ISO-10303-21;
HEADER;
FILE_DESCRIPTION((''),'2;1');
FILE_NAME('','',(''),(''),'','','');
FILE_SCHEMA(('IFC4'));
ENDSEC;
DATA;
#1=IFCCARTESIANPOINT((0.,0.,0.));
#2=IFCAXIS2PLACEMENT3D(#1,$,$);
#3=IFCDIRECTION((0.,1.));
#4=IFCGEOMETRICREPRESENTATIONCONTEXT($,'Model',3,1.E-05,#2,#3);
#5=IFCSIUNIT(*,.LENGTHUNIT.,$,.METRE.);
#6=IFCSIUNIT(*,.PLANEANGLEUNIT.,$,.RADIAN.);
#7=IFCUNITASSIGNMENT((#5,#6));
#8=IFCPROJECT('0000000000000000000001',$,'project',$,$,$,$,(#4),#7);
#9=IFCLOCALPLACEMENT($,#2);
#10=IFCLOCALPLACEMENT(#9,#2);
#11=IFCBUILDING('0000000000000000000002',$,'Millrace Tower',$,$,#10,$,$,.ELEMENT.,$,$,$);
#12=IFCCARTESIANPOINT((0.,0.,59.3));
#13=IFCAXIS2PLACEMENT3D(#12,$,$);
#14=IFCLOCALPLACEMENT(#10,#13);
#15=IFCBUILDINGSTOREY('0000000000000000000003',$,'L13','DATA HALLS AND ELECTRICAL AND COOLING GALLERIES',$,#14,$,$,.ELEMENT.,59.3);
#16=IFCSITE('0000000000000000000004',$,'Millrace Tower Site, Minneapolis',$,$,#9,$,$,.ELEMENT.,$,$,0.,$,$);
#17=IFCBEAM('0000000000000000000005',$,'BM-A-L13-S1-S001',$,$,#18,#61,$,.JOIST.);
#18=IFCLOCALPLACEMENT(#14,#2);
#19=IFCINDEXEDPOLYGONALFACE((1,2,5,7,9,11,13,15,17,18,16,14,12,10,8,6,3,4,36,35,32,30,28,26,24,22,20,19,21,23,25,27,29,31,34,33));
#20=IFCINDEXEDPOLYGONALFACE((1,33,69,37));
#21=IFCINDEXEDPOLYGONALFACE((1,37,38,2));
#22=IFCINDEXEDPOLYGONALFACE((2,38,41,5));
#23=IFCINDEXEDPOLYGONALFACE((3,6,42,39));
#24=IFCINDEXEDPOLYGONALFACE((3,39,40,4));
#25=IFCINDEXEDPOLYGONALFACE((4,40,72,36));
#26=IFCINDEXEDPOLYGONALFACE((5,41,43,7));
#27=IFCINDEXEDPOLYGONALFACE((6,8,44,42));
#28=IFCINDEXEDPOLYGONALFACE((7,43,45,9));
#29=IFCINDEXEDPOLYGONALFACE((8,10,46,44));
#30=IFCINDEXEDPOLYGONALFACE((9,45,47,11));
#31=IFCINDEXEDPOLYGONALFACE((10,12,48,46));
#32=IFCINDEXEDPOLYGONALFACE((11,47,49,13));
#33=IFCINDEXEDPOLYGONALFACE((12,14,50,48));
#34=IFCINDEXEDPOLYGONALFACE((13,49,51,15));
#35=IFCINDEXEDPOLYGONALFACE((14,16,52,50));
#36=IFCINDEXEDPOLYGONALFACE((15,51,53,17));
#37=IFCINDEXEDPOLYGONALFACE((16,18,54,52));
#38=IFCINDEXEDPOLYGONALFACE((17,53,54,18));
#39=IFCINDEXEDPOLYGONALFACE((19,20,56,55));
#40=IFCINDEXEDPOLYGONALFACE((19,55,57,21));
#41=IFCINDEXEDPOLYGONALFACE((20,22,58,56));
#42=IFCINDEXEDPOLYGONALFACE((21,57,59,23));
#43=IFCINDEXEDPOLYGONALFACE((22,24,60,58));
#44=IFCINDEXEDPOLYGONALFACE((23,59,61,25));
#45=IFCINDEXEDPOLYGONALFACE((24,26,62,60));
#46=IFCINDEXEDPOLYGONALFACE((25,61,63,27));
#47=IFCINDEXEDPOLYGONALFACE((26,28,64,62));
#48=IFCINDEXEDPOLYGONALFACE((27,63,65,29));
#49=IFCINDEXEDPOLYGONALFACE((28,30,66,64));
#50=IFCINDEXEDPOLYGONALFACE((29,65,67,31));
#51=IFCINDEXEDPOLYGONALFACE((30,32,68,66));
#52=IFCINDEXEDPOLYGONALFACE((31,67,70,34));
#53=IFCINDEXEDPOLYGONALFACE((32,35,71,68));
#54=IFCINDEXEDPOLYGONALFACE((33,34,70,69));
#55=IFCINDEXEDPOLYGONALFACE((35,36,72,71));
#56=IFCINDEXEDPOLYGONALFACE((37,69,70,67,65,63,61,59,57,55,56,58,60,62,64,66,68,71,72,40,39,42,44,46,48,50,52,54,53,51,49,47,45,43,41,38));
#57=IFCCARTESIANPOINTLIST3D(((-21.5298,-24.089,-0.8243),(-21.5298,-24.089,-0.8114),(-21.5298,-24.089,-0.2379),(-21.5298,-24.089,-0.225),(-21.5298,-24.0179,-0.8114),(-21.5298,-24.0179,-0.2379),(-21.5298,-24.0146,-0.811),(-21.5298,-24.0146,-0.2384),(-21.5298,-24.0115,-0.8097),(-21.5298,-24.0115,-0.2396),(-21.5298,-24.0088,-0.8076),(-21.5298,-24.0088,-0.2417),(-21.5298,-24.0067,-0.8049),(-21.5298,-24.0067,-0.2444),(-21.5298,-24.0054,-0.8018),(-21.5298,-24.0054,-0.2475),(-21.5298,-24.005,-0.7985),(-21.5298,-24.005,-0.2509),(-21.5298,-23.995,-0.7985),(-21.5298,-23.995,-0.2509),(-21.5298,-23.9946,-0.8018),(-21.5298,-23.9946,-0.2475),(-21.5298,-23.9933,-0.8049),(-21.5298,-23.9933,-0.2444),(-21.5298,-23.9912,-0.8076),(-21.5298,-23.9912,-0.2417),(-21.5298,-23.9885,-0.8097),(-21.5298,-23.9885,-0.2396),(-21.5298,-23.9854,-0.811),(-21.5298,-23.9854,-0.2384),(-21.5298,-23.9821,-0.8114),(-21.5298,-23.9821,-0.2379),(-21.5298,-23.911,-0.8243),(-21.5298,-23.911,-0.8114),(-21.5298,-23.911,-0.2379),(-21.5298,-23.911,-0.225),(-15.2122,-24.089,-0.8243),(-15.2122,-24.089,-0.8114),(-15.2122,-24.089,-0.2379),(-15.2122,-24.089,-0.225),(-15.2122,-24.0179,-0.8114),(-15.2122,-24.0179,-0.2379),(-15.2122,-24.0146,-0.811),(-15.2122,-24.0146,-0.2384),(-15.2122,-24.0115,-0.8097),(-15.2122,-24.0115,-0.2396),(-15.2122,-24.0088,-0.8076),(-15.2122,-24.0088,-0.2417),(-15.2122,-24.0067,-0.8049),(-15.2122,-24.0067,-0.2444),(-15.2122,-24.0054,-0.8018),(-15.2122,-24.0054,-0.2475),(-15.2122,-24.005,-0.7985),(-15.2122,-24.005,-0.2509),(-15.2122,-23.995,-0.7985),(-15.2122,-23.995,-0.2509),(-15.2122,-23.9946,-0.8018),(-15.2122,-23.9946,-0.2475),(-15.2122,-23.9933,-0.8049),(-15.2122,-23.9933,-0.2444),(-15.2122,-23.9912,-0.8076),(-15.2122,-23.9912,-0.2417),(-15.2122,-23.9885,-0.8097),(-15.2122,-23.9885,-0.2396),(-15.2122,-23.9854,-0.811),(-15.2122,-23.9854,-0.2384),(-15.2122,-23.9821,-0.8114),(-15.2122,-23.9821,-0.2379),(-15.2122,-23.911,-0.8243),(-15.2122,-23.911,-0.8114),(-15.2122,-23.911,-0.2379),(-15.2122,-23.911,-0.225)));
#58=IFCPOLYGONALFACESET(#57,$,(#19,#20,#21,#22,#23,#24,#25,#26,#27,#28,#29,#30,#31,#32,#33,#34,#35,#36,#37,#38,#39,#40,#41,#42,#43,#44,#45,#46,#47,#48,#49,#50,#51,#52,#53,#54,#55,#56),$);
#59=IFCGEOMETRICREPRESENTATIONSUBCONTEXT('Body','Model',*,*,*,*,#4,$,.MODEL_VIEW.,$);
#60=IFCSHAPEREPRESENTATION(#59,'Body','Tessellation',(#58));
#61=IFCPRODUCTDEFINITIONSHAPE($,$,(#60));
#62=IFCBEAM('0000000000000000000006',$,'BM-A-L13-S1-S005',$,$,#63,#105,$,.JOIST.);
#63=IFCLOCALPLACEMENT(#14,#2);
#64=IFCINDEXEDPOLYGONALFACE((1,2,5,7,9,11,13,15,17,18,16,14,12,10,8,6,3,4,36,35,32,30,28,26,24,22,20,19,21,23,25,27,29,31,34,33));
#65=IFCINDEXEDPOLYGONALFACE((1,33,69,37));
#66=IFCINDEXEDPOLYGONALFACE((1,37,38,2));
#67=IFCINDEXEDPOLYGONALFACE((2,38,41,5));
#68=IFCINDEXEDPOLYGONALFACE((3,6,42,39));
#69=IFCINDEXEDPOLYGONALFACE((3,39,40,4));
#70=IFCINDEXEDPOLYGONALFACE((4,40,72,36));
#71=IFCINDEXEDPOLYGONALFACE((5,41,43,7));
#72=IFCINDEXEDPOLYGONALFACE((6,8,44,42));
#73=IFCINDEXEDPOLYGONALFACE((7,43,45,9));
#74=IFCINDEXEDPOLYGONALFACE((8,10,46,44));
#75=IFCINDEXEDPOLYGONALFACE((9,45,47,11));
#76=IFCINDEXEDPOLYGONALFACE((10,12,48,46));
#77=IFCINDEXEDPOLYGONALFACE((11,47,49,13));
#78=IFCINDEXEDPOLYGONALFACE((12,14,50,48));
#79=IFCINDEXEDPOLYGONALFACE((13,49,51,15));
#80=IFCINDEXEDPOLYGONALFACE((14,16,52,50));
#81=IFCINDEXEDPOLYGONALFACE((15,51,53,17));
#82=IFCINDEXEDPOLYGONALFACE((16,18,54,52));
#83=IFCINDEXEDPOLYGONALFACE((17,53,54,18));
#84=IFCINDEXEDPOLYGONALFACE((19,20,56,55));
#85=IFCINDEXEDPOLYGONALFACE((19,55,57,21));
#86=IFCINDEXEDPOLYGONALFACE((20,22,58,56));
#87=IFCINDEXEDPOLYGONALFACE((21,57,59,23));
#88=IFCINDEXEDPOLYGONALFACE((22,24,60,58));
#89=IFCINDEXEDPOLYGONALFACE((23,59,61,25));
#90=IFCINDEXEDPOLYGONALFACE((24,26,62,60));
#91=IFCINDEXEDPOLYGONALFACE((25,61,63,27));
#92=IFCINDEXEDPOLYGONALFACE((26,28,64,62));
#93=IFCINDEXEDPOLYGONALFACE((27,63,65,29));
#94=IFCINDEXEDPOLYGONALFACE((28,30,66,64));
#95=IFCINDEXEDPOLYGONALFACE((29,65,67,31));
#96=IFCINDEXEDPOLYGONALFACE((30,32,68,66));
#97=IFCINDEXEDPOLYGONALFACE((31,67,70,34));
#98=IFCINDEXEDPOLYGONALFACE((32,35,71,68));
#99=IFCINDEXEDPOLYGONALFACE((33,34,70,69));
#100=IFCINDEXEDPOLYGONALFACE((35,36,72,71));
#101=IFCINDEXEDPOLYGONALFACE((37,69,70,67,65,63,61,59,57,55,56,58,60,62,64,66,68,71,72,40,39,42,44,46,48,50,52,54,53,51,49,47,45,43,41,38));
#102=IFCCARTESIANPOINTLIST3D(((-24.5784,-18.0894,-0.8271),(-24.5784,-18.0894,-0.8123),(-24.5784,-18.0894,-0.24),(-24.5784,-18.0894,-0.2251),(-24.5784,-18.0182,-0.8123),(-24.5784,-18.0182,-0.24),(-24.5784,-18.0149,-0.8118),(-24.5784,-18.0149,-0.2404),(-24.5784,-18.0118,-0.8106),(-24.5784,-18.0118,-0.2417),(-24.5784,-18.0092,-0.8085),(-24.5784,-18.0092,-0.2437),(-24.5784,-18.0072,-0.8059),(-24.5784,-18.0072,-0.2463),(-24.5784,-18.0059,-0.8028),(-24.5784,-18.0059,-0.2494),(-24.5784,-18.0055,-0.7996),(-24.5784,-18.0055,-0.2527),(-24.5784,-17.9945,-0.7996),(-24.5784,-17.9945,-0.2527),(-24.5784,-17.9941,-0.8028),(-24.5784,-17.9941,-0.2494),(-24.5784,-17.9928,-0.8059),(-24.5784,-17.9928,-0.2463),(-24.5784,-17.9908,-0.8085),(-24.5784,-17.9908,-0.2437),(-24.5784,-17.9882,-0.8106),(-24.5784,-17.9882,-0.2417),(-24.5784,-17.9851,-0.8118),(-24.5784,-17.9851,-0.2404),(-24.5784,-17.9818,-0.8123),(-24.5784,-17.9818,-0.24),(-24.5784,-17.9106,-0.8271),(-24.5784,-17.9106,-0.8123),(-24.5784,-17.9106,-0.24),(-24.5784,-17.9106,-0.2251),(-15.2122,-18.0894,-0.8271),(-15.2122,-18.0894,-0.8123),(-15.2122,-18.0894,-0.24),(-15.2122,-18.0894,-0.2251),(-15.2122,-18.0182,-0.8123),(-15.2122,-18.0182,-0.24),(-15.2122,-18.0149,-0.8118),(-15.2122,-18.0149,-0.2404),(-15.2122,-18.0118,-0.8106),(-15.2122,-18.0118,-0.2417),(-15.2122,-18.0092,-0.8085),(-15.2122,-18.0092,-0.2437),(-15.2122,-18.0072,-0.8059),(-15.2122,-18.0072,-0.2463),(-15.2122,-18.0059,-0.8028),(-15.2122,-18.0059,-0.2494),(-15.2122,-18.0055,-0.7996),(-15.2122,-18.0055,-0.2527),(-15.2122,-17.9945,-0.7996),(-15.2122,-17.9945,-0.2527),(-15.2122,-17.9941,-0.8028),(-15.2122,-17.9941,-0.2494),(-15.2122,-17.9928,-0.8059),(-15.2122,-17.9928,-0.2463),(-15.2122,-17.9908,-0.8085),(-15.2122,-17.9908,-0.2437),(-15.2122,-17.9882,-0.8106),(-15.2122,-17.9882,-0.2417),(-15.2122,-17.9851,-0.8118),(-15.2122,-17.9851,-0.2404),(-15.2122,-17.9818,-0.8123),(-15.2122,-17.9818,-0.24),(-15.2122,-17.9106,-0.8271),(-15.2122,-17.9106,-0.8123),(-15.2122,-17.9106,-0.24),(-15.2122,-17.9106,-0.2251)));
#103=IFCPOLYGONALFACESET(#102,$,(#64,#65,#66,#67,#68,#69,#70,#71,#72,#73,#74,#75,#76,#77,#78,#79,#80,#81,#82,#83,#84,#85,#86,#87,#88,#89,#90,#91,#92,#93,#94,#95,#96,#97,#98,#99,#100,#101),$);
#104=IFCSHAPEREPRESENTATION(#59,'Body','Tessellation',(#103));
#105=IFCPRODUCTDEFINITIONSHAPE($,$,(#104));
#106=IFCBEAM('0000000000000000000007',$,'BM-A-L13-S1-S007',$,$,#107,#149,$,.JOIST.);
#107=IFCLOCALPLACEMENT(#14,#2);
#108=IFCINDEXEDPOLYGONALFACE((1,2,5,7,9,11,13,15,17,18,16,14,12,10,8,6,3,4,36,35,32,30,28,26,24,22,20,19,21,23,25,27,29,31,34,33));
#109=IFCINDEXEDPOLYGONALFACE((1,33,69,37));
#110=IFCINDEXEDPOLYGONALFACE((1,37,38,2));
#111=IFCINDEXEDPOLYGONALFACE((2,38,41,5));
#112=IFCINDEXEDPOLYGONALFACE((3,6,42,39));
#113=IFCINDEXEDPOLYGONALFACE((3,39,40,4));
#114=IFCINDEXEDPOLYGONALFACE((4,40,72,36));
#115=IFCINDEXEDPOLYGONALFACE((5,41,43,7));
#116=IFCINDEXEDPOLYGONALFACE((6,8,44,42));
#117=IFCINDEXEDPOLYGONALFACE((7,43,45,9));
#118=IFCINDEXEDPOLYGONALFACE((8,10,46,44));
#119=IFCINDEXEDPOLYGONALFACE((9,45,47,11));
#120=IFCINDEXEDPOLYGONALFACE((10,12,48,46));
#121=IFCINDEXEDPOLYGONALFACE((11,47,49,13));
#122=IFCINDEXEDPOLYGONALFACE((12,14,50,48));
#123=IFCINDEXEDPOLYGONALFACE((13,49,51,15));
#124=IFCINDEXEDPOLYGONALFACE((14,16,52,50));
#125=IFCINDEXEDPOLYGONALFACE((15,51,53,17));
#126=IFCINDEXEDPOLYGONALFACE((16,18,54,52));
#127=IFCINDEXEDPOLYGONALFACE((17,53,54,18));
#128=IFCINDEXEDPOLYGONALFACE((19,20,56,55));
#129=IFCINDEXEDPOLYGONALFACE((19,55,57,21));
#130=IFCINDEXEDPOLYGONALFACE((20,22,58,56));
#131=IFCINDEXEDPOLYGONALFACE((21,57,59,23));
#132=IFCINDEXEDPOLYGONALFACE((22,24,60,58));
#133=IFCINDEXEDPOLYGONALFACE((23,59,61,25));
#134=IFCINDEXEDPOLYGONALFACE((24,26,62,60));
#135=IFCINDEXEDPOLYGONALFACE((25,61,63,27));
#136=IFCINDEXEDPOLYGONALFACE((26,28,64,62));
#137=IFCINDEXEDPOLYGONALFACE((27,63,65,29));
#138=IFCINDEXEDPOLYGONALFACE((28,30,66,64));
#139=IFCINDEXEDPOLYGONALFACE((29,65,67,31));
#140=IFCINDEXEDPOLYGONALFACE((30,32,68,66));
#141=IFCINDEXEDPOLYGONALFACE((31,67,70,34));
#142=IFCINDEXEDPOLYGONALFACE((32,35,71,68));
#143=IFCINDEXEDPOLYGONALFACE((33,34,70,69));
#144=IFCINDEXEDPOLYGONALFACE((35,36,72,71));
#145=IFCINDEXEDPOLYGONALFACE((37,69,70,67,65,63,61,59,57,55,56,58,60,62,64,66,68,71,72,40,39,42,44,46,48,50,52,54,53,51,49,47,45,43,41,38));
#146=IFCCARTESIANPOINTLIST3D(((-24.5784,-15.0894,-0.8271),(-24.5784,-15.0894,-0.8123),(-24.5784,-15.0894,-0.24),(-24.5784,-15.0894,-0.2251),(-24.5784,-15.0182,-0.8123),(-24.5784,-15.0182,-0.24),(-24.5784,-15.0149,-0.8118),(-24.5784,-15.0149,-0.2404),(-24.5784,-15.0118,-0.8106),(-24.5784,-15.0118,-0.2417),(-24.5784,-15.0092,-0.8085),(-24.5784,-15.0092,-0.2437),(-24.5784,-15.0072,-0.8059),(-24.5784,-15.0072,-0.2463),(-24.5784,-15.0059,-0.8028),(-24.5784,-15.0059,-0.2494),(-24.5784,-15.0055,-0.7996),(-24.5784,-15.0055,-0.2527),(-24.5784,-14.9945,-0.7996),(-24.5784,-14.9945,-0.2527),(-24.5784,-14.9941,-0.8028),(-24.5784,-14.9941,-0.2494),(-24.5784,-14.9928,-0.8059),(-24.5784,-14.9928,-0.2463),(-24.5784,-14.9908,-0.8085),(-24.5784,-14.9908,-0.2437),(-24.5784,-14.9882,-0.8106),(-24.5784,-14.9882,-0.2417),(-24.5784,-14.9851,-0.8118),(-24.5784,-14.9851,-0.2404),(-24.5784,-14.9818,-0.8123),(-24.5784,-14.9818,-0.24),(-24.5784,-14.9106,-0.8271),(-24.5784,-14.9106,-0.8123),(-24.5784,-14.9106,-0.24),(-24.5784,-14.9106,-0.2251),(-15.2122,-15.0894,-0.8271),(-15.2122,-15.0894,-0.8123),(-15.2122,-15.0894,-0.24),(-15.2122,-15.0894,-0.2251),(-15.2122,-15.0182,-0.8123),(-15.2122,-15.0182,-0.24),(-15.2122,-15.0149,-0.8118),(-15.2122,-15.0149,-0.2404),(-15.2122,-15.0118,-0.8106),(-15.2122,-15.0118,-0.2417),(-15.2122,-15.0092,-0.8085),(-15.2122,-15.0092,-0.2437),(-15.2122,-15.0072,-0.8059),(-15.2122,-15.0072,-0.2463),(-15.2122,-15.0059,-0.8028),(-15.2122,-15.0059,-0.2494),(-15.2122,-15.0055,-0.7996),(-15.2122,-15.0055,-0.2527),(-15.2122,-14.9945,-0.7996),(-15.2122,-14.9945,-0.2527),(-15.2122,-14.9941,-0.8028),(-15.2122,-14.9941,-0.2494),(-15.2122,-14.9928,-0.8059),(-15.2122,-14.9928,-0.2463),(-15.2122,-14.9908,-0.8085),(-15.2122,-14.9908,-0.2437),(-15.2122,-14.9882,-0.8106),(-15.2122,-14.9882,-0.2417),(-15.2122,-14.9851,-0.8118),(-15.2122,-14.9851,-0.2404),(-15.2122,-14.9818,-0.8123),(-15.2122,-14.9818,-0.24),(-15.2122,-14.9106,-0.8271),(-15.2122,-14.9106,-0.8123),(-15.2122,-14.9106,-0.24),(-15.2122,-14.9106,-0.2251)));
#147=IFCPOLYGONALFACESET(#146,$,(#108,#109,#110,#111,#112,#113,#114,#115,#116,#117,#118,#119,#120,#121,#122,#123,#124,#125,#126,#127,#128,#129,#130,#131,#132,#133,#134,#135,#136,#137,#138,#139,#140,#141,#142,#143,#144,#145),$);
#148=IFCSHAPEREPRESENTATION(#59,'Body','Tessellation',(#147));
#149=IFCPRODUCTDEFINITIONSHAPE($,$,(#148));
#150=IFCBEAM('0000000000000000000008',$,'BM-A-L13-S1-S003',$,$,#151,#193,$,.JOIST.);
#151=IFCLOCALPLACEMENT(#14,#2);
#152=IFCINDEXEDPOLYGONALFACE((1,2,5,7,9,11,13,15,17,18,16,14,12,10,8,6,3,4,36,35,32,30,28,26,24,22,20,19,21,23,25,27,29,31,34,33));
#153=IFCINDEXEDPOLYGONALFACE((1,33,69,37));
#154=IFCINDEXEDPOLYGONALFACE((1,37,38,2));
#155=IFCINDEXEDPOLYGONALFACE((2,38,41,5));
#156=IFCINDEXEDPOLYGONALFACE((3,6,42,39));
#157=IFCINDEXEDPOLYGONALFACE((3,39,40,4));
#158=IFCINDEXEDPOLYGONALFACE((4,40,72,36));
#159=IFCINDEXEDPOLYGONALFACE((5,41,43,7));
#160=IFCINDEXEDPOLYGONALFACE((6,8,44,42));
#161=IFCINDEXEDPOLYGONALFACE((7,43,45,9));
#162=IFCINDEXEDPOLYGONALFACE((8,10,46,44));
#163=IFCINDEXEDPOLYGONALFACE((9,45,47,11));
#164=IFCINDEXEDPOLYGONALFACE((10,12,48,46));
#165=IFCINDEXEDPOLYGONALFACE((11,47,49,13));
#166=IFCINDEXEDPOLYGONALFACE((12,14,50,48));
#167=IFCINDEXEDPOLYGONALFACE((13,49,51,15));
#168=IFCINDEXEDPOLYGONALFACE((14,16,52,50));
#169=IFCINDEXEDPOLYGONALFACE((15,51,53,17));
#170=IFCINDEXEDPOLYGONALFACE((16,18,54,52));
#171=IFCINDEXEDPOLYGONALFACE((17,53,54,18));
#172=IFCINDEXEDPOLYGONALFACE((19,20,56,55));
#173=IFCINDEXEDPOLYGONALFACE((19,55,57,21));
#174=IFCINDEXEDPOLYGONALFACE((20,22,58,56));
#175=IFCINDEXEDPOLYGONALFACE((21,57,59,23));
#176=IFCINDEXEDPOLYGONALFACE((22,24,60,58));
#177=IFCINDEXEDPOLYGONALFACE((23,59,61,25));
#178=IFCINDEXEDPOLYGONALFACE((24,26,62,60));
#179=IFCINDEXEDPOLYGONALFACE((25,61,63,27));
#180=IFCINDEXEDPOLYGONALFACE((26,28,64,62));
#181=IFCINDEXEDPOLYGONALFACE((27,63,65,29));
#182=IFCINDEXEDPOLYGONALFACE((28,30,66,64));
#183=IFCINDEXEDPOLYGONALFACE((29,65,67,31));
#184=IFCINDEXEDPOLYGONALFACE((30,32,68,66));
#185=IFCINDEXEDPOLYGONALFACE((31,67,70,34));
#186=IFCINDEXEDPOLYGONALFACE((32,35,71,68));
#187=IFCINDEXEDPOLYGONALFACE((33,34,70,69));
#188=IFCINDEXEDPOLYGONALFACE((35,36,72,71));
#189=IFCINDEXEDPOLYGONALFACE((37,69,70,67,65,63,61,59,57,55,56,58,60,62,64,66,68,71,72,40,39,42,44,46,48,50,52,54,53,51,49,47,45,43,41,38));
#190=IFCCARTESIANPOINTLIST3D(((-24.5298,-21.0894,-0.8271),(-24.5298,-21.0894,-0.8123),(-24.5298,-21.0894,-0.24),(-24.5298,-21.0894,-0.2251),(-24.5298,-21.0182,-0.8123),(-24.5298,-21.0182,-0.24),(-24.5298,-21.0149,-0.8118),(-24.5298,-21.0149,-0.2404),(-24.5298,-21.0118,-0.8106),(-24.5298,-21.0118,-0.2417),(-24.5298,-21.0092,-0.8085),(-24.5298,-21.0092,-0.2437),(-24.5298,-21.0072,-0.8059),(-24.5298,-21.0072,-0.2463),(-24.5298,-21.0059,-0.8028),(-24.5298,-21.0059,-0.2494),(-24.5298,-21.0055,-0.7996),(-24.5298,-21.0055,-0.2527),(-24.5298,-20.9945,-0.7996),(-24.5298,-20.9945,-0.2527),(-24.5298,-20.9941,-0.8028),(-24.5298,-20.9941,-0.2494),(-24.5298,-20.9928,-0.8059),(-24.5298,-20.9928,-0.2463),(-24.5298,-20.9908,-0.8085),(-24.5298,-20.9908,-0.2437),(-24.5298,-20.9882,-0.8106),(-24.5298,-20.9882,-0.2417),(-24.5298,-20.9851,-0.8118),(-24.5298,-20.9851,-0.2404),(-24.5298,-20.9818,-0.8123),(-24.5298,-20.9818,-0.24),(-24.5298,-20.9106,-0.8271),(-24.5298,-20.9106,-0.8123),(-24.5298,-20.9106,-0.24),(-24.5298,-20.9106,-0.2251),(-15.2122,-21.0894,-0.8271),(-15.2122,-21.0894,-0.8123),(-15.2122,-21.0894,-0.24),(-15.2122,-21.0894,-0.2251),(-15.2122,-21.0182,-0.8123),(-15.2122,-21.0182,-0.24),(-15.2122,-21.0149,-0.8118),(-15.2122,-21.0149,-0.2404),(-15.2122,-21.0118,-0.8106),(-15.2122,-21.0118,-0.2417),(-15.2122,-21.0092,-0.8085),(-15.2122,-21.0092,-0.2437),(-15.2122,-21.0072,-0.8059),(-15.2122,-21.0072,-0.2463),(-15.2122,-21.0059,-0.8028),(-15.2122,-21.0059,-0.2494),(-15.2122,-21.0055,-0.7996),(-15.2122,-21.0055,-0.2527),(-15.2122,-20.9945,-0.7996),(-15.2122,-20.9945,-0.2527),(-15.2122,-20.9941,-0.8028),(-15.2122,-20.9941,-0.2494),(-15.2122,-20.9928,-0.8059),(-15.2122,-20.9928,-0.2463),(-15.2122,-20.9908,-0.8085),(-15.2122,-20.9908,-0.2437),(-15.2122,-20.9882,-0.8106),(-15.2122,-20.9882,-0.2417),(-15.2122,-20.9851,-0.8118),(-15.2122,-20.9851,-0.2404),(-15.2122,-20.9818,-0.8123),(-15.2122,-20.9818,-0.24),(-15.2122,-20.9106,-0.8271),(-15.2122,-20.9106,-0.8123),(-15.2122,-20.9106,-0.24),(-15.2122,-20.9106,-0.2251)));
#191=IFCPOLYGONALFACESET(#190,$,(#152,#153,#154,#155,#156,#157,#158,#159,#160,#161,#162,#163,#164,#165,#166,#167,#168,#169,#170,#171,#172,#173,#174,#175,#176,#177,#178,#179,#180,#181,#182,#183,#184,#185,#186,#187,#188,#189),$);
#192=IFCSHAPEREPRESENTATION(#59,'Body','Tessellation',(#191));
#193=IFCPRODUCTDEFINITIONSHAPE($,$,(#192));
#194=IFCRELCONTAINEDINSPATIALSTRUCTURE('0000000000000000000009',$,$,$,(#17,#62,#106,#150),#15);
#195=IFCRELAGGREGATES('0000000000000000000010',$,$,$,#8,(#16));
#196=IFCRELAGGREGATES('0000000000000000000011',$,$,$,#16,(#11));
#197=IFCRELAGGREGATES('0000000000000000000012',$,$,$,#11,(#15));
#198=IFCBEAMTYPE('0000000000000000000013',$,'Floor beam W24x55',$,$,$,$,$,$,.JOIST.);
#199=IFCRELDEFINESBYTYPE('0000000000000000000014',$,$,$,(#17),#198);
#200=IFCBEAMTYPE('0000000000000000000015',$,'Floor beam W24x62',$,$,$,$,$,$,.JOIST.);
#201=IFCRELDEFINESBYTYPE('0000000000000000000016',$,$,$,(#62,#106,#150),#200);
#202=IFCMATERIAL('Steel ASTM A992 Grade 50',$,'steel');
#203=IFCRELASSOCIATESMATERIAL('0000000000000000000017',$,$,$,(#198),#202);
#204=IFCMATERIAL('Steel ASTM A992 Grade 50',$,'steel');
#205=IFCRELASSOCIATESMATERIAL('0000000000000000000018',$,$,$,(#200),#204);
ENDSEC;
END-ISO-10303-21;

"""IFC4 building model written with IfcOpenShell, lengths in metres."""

from ifc_helpers import new_model, si_unit, direction, frame, origin, origin_2d, place, context, subcontext, project, spatial, i_section, extrude, material, material_profile, profile_set, type_object, element, save


model = new_model("IFC4")

# Units and contexts
model_context = context("Model", 3, precision=1e-05, world=origin(), true_north=direction((0.0, 1.0)))
body_context = subcontext(model_context, "Body", "Model", "MODEL_VIEW")
ifc_project = project(units=[si_unit("LENGTHUNIT", "METRE"), si_unit("PLANEANGLEUNIT", "RADIAN")], contexts=[model_context])

# Site, building, storey
site_placement = place(None, origin())
site = spatial("IfcSite", under=ifc_project, at=site_placement, Name="Millrace Tower Site, Minneapolis", CompositionType="ELEMENT", RefElevation=0.0)
building_placement = place(site_placement, origin())
building = spatial("IfcBuilding", under=site, at=building_placement, Name="Millrace Tower", CompositionType="ELEMENT")
storey_placement = place(building_placement, frame((0.0, 0.0, 59.3)))
storey = spatial("IfcBuildingStorey", under=building, at=storey_placement, Name="L13", Description="DATA HALLS AND ELECTRICAL AND COOLING GALLERIES", CompositionType="ELEMENT", Elevation=59.3)

# Beams
ifc_material_1 = material(Name="Steel ASTM A992 Grade 50", Category="steel")
ifc_material_profile_1 = material_profile(ifc_material_1, i_section(OverallWidth=0.178, OverallDepth=0.5994, WebThickness=0.01, FlangeThickness=0.0129, FilletRadius=0.0129, at=origin_2d()))
ifc_profile_set_1 = profile_set([ifc_material_profile_1], Name="Steel ASTM A992 Grade 50")
beam_type_1 = type_object("IfcBeamType", Name="Floor beam W24x55", PredefinedType="JOIST", material=ifc_profile_set_1)
beam_1_placement = place(storey_placement, frame((-21.5298, -24.0, -0.5247), z_axis=(1.0, 0.0, 0.0), x_axis=(0.0, 1.0, 0.0)))
element("IfcBeam", 1, at=beam_1_placement, inside=storey, type_object=beam_type_1, Name="BM-A-L13-S1-S001", PredefinedType="JOIST", context=body_context, shape_type="SweptSolid", body=[
    extrude(i_section(OverallWidth=0.178, OverallDepth=0.5994, WebThickness=0.01, FlangeThickness=0.0129, FilletRadius=0.0129, at=origin_2d()), origin(), (0.0, 0.0, 1.0), 6.3176),
])
ifc_material_2 = material(Name="Steel ASTM A992 Grade 50", Category="steel")
ifc_material_profile_2 = material_profile(ifc_material_2, i_section(OverallWidth=0.1787, OverallDepth=0.6021, WebThickness=0.011, FlangeThickness=0.0149, FilletRadius=0.0127, at=origin_2d()))
ifc_profile_set_2 = profile_set([ifc_material_profile_2], Name="Steel ASTM A992 Grade 50")
beam_type_2 = type_object("IfcBeamType", Name="Floor beam W24x62", PredefinedType="JOIST", material=ifc_profile_set_2)
for number, where, z_axis, x_axis, name in (
    (2, (-24.5784, -18.0, -0.5261), (1.0, 0.0, 0.0), (0.0, 1.0, 0.0), "BM-A-L13-S1-S005"),
    (3, (-24.5784, -15.0, -0.5261), (1.0, 0.0, 0.0), (0.0, 1.0, 0.0), "BM-A-L13-S1-S007"),
):
    element("IfcBeam", number, at=place(storey_placement, frame(where, z_axis=z_axis, x_axis=x_axis)), inside=storey, type_object=beam_type_2, Name=name, PredefinedType="JOIST", context=body_context, shape_type="SweptSolid", body=[
        extrude(i_section(OverallWidth=0.1787, OverallDepth=0.6021, WebThickness=0.011, FlangeThickness=0.0149, FilletRadius=0.0127, at=origin_2d()), origin(), (0.0, 0.0, 1.0), 9.3662),
    ])
beam_2_placement = place(storey_placement, frame((-24.5298, -21.0, -0.5261), z_axis=(1.0, 0.0, 0.0), x_axis=(0.0, 1.0, 0.0)))
element("IfcBeam", 4, at=beam_2_placement, inside=storey, type_object=beam_type_2, Name="BM-A-L13-S1-S003", PredefinedType="JOIST", context=body_context, shape_type="SweptSolid", body=[
    extrude(i_section(OverallWidth=0.1787, OverallDepth=0.6021, WebThickness=0.011, FlangeThickness=0.0149, FilletRadius=0.0127, at=origin_2d()), origin(), (0.0, 0.0, 1.0), 9.3176),
])

save(model, "model.ifc")
